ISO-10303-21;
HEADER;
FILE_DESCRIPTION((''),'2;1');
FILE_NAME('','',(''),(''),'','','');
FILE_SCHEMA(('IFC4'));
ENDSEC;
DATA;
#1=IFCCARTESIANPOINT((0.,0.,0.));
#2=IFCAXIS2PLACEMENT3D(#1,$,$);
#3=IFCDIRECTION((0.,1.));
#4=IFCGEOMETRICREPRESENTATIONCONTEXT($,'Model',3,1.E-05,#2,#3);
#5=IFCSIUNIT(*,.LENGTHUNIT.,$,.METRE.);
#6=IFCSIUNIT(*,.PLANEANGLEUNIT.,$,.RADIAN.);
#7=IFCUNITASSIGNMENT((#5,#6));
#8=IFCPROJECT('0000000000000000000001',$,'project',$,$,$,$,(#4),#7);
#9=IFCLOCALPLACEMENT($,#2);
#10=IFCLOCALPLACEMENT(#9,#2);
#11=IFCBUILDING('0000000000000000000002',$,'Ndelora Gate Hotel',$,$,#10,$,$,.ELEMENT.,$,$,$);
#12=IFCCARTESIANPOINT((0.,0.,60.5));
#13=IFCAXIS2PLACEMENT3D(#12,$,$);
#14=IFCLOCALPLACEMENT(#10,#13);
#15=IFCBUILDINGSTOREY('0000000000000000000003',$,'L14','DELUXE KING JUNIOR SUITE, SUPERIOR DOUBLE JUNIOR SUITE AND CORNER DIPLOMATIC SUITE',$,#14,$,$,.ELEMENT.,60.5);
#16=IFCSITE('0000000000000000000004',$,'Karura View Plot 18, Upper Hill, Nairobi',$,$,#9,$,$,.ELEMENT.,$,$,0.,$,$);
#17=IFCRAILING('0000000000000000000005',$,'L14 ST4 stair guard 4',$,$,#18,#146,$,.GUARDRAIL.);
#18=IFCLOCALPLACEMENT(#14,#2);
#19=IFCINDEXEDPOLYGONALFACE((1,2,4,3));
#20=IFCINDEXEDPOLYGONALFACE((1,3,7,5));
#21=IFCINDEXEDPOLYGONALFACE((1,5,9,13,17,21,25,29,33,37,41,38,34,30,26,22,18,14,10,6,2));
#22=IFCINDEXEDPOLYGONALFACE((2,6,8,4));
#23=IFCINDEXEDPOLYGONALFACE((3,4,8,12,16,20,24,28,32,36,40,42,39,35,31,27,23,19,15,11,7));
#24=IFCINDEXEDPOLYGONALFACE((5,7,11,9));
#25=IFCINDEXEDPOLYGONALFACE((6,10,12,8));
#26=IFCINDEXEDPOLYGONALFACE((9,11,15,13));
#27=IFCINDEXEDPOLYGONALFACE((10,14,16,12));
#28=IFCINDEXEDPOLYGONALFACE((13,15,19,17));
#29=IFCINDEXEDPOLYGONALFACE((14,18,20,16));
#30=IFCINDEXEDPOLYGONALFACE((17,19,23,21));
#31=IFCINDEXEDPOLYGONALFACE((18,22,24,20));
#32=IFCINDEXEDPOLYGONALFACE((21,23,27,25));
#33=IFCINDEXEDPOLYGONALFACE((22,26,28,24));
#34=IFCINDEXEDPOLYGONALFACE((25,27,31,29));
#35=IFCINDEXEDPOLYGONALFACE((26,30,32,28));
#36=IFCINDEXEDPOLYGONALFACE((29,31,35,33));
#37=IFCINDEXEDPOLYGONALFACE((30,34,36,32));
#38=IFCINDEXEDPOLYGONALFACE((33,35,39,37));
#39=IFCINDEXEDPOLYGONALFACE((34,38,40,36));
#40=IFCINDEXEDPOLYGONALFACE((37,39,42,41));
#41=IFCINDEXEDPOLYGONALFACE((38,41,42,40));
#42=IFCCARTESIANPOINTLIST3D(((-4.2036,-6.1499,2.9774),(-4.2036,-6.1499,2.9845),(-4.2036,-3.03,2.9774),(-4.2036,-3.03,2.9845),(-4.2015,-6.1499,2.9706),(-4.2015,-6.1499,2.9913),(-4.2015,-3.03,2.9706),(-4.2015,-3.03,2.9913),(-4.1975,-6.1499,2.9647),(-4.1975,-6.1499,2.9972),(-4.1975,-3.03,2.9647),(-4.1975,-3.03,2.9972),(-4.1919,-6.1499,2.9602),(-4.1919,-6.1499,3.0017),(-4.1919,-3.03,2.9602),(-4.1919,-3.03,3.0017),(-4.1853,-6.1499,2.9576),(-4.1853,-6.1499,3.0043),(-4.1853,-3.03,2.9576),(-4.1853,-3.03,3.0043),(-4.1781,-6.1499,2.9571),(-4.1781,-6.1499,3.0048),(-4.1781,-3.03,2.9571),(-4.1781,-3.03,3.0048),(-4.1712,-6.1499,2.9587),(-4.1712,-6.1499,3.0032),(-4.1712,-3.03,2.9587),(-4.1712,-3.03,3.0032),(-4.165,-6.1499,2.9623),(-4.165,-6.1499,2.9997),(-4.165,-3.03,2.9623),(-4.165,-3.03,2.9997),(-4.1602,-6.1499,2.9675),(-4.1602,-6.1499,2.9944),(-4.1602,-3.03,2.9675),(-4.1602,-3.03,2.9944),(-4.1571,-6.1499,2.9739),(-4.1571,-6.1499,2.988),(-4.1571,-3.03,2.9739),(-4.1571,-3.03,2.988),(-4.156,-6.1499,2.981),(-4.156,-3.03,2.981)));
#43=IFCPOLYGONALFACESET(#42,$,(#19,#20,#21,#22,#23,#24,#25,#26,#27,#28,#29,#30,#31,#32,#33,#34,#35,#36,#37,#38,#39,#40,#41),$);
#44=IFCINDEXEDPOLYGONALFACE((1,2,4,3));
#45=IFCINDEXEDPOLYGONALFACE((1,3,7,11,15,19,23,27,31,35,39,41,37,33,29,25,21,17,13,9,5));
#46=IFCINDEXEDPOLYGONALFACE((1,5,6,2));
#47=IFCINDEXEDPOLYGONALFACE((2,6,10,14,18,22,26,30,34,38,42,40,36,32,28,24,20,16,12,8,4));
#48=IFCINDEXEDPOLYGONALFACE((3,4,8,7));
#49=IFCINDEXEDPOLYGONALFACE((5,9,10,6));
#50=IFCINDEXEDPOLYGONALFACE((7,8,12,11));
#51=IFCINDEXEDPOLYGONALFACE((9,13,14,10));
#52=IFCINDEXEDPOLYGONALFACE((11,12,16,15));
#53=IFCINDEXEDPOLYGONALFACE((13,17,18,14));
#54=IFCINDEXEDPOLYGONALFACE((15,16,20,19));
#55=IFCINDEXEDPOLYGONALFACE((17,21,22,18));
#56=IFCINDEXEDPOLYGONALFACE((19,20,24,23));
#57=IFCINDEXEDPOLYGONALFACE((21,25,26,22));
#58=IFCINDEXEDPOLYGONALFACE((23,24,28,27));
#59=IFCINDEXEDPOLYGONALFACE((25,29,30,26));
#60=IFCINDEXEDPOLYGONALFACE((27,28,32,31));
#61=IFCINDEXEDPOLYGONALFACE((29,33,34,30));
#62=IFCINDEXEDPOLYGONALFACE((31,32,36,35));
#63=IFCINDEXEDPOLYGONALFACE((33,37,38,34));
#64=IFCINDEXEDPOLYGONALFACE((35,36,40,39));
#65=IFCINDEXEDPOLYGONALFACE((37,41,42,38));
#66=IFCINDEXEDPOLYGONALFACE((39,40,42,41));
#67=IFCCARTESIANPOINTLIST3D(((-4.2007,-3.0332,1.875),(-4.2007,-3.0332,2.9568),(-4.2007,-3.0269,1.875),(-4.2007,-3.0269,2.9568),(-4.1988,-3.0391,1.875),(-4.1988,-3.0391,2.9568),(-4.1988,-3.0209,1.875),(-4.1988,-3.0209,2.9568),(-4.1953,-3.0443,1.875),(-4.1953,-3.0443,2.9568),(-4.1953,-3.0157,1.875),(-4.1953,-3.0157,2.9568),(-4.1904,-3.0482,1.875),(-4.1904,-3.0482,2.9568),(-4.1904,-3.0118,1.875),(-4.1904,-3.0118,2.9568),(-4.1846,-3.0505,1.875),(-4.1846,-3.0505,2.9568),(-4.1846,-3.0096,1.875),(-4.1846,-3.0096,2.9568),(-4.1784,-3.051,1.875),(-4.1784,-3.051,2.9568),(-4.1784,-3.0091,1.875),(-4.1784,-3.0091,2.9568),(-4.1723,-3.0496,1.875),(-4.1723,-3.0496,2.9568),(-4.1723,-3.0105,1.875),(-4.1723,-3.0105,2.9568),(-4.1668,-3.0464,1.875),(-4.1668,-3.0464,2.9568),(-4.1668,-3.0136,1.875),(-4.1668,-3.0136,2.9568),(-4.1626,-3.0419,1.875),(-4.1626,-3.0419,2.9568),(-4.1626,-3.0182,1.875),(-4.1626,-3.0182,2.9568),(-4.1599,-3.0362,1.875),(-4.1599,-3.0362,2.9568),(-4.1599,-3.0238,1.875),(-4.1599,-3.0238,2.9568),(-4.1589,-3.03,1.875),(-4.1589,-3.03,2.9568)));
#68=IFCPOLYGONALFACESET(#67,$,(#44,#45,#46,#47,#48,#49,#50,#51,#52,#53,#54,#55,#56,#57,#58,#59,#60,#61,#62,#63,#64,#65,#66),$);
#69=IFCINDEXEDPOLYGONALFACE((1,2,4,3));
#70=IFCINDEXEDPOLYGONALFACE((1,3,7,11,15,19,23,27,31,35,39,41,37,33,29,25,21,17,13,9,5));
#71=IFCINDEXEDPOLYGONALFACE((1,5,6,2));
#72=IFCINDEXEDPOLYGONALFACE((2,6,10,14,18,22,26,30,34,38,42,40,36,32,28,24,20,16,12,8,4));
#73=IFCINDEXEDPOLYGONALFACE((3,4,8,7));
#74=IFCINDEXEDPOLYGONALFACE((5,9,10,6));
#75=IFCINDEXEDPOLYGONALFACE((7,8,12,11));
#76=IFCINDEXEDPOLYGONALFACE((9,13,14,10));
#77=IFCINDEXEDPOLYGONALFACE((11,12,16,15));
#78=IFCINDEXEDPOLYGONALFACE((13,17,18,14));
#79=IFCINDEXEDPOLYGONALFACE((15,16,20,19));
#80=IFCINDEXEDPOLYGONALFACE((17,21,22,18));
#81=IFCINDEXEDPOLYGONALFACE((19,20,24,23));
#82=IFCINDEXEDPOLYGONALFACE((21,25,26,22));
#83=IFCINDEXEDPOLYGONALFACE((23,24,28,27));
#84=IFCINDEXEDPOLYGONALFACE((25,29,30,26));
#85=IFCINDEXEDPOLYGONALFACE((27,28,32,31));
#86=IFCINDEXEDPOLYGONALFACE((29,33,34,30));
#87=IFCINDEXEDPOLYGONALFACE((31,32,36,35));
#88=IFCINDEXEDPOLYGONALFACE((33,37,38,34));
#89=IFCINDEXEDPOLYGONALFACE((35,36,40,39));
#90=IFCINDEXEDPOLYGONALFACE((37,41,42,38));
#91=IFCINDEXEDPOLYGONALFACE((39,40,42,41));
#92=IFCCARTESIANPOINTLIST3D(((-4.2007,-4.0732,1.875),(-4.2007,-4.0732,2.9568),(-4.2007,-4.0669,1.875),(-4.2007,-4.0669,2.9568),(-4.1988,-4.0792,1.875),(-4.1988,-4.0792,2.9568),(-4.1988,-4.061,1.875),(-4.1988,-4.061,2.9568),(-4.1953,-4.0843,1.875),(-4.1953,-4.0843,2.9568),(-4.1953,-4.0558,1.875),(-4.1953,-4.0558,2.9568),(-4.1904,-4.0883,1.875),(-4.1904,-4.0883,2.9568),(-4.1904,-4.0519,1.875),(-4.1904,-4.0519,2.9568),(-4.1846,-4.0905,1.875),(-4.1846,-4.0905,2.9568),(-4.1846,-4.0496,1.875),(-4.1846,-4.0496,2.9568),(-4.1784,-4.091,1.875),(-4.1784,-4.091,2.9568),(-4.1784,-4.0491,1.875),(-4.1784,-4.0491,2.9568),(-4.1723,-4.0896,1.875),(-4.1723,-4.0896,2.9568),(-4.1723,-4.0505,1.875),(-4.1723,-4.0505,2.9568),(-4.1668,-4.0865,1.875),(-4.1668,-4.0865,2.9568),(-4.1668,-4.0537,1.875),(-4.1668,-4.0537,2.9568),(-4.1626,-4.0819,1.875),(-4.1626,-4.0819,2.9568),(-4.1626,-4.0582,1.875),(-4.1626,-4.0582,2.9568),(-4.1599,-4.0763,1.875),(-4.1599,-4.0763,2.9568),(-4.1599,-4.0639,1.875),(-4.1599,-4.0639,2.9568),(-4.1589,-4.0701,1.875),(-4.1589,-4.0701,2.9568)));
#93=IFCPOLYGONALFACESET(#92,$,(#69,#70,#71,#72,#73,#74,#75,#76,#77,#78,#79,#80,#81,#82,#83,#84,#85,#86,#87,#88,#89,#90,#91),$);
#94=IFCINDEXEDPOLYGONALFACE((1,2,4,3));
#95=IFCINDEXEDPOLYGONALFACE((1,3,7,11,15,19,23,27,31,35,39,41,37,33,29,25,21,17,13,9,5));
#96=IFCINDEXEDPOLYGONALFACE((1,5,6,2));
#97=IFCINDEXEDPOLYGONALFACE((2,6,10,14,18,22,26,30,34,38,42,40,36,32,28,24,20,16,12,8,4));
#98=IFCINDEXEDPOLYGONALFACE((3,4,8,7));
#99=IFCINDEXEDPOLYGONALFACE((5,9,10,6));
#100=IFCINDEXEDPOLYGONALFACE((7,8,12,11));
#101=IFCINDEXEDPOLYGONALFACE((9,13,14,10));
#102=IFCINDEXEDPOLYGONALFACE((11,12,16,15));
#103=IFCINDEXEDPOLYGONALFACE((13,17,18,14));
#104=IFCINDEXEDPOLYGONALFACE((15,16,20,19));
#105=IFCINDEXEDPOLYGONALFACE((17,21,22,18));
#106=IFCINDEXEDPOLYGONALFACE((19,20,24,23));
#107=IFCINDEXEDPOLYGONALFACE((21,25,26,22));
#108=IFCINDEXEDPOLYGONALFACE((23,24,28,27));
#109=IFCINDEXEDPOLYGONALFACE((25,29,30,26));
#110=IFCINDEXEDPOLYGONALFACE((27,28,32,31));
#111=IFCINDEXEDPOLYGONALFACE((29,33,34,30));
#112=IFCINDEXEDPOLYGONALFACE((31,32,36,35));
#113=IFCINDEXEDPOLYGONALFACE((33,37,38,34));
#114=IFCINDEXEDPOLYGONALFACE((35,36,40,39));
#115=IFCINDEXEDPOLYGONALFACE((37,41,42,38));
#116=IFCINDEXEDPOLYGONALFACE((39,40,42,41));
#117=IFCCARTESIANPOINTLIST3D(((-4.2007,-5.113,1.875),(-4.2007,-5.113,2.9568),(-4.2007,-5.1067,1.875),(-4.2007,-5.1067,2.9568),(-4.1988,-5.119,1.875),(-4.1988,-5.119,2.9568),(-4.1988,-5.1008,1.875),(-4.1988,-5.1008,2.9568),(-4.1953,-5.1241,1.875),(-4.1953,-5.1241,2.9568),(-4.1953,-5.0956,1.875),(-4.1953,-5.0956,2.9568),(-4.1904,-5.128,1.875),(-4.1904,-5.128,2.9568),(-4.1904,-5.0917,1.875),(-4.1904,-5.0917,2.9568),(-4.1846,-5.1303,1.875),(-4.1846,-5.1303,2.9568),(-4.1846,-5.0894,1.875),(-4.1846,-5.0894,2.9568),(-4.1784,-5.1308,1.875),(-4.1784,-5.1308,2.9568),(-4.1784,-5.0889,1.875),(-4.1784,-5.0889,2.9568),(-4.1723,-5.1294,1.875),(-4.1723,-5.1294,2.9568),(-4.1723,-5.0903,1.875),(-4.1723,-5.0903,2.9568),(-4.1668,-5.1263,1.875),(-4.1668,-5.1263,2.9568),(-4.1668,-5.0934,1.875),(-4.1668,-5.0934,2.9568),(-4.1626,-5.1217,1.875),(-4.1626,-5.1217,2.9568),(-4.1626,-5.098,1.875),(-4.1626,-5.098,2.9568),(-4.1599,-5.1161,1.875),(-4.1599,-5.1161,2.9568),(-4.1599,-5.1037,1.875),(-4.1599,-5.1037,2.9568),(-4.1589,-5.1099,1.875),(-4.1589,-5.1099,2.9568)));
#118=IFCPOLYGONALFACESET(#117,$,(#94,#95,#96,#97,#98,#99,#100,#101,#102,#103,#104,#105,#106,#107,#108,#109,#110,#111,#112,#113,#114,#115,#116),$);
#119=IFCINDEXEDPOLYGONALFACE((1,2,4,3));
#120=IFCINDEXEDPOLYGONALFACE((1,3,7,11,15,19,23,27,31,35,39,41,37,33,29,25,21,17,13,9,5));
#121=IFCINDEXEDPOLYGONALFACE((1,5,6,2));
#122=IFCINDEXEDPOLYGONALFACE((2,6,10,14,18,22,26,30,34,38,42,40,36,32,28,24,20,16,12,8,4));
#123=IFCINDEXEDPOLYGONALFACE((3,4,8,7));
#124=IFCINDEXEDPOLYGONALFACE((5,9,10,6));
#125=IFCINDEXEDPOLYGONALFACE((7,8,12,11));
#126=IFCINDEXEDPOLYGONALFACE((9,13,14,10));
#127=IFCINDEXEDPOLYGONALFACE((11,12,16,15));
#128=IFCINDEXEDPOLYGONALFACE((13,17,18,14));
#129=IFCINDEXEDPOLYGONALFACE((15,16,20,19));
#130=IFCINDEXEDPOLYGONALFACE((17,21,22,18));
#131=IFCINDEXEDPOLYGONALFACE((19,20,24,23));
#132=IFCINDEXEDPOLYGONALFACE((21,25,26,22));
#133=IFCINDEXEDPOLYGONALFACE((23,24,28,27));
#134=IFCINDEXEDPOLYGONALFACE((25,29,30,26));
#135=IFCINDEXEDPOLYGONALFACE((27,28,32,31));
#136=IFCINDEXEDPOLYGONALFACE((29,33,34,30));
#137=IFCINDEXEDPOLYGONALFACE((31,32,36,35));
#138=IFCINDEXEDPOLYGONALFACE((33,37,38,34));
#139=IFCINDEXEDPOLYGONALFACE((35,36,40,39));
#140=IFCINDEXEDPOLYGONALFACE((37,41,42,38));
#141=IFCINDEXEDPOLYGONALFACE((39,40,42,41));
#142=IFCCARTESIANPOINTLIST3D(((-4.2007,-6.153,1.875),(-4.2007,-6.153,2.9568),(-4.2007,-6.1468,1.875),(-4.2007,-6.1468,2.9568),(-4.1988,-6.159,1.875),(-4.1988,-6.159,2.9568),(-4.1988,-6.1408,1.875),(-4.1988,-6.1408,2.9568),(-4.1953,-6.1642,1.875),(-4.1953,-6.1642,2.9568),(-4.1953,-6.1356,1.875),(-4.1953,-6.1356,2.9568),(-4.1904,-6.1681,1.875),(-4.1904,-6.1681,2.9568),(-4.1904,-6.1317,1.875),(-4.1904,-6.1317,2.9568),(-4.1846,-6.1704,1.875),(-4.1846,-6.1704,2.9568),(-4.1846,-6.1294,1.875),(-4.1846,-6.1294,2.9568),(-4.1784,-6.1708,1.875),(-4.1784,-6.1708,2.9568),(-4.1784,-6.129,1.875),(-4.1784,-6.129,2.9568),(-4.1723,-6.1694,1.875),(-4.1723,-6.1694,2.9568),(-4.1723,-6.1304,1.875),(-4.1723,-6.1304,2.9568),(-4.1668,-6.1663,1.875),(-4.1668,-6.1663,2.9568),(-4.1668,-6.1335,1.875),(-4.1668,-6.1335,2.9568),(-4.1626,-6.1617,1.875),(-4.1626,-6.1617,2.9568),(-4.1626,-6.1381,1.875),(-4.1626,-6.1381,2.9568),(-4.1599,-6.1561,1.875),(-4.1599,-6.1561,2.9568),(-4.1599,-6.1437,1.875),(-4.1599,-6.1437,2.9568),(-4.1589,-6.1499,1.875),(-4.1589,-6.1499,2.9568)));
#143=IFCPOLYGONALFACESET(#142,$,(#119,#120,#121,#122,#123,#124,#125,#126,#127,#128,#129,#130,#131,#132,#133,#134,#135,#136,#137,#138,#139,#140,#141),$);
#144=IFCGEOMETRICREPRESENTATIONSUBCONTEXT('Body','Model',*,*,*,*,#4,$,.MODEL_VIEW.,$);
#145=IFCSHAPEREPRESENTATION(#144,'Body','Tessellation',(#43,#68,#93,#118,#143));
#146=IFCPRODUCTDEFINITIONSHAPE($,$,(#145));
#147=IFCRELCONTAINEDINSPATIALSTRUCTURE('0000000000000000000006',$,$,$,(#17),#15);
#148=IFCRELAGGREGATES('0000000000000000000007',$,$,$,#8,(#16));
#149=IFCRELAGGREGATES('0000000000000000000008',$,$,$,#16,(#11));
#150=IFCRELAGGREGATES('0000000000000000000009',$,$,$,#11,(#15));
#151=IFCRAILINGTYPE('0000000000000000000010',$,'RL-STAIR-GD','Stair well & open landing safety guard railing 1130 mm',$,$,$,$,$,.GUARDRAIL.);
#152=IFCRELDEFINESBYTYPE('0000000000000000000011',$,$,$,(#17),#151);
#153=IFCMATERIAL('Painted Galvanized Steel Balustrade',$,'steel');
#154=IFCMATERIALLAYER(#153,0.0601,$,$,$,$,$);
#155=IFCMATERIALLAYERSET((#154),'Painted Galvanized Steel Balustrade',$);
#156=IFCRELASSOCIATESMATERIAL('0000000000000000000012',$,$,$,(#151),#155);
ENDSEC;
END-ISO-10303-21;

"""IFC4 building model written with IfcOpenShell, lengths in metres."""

from ifc_helpers import new_model, si_unit, direction, frame, origin, origin_2d, place, context, subcontext, project, spatial, circle, extrude, material, layer, layer_set, type_object, element, save


model = new_model("IFC4")

# Units and contexts
model_context = context("Model", 3, precision=1e-05, world=origin(), true_north=direction((0.0, 1.0)))
body_context = subcontext(model_context, "Body", "Model", "MODEL_VIEW")
ifc_project = project(units=[si_unit("LENGTHUNIT", "METRE"), si_unit("PLANEANGLEUNIT", "RADIAN")], contexts=[model_context])

# Site, building, storey
site_placement = place(None, origin())
site = spatial("IfcSite", under=ifc_project, at=site_placement, Name="Karura View Plot 18, Upper Hill, Nairobi", CompositionType="ELEMENT", RefElevation=0.0)
building_placement = place(site_placement, origin())
building = spatial("IfcBuilding", under=site, at=building_placement, Name="Ndelora Gate Hotel", CompositionType="ELEMENT")
storey_placement = place(building_placement, frame((0.0, 0.0, 60.5)))
storey = spatial("IfcBuildingStorey", under=building, at=storey_placement, Name="L14", Description="DELUXE KING JUNIOR SUITE, SUPERIOR DOUBLE JUNIOR SUITE AND CORNER DIPLOMATIC SUITE", CompositionType="ELEMENT", Elevation=60.5)

# Railing
ifc_material_1 = material(Name="Painted Galvanized Steel Balustrade", Category="steel")
ifc_layer_1 = layer(ifc_material_1, 0.0601)
ifc_layer_set_1 = layer_set([ifc_layer_1], Name="Painted Galvanized Steel Balustrade")
railing_type_1 = type_object("IfcRailingType", Name="RL-STAIR-GD", Description="Stair well & open landing safety guard railing 1130 mm", PredefinedType="GUARDRAIL", material=ifc_layer_set_1)
for number, where, name in (
    (1, (-4.1799, -3.03, 1.875), "L14 ST4 stair guard 4"),
):
    element("IfcRailing", number, at=place(storey_placement, frame(where)), inside=storey, type_object=railing_type_1, Name=name, PredefinedType="GUARDRAIL", context=body_context, shape_type="SweptSolid", body=[
        extrude(circle(Radius=0.0239, at=origin_2d()), frame((0.0, 0.0, 1.106), z_axis=(0.0, -1.0, 0.0), x_axis=(1.0, 0.0, 0.0)), (0.0, 0.0, 1.0), 3.1199),
        extrude(circle(Radius=0.021, at=origin_2d()), origin(), (0.0, 0.0, 1.0), 1.0818),
        extrude(circle(Radius=0.021, at=origin_2d()), frame((0.0, -1.04, 0.0)), (0.0, 0.0, 1.0), 1.0818),
        extrude(circle(Radius=0.021, at=origin_2d()), frame((0.0, -2.0798, 0.0)), (0.0, 0.0, 1.0), 1.0818),
        extrude(circle(Radius=0.021, at=origin_2d()), frame((0.0, -3.1199, 0.0)), (0.0, 0.0, 1.0), 1.0818),
    ])

save(model, "model.ifc")
